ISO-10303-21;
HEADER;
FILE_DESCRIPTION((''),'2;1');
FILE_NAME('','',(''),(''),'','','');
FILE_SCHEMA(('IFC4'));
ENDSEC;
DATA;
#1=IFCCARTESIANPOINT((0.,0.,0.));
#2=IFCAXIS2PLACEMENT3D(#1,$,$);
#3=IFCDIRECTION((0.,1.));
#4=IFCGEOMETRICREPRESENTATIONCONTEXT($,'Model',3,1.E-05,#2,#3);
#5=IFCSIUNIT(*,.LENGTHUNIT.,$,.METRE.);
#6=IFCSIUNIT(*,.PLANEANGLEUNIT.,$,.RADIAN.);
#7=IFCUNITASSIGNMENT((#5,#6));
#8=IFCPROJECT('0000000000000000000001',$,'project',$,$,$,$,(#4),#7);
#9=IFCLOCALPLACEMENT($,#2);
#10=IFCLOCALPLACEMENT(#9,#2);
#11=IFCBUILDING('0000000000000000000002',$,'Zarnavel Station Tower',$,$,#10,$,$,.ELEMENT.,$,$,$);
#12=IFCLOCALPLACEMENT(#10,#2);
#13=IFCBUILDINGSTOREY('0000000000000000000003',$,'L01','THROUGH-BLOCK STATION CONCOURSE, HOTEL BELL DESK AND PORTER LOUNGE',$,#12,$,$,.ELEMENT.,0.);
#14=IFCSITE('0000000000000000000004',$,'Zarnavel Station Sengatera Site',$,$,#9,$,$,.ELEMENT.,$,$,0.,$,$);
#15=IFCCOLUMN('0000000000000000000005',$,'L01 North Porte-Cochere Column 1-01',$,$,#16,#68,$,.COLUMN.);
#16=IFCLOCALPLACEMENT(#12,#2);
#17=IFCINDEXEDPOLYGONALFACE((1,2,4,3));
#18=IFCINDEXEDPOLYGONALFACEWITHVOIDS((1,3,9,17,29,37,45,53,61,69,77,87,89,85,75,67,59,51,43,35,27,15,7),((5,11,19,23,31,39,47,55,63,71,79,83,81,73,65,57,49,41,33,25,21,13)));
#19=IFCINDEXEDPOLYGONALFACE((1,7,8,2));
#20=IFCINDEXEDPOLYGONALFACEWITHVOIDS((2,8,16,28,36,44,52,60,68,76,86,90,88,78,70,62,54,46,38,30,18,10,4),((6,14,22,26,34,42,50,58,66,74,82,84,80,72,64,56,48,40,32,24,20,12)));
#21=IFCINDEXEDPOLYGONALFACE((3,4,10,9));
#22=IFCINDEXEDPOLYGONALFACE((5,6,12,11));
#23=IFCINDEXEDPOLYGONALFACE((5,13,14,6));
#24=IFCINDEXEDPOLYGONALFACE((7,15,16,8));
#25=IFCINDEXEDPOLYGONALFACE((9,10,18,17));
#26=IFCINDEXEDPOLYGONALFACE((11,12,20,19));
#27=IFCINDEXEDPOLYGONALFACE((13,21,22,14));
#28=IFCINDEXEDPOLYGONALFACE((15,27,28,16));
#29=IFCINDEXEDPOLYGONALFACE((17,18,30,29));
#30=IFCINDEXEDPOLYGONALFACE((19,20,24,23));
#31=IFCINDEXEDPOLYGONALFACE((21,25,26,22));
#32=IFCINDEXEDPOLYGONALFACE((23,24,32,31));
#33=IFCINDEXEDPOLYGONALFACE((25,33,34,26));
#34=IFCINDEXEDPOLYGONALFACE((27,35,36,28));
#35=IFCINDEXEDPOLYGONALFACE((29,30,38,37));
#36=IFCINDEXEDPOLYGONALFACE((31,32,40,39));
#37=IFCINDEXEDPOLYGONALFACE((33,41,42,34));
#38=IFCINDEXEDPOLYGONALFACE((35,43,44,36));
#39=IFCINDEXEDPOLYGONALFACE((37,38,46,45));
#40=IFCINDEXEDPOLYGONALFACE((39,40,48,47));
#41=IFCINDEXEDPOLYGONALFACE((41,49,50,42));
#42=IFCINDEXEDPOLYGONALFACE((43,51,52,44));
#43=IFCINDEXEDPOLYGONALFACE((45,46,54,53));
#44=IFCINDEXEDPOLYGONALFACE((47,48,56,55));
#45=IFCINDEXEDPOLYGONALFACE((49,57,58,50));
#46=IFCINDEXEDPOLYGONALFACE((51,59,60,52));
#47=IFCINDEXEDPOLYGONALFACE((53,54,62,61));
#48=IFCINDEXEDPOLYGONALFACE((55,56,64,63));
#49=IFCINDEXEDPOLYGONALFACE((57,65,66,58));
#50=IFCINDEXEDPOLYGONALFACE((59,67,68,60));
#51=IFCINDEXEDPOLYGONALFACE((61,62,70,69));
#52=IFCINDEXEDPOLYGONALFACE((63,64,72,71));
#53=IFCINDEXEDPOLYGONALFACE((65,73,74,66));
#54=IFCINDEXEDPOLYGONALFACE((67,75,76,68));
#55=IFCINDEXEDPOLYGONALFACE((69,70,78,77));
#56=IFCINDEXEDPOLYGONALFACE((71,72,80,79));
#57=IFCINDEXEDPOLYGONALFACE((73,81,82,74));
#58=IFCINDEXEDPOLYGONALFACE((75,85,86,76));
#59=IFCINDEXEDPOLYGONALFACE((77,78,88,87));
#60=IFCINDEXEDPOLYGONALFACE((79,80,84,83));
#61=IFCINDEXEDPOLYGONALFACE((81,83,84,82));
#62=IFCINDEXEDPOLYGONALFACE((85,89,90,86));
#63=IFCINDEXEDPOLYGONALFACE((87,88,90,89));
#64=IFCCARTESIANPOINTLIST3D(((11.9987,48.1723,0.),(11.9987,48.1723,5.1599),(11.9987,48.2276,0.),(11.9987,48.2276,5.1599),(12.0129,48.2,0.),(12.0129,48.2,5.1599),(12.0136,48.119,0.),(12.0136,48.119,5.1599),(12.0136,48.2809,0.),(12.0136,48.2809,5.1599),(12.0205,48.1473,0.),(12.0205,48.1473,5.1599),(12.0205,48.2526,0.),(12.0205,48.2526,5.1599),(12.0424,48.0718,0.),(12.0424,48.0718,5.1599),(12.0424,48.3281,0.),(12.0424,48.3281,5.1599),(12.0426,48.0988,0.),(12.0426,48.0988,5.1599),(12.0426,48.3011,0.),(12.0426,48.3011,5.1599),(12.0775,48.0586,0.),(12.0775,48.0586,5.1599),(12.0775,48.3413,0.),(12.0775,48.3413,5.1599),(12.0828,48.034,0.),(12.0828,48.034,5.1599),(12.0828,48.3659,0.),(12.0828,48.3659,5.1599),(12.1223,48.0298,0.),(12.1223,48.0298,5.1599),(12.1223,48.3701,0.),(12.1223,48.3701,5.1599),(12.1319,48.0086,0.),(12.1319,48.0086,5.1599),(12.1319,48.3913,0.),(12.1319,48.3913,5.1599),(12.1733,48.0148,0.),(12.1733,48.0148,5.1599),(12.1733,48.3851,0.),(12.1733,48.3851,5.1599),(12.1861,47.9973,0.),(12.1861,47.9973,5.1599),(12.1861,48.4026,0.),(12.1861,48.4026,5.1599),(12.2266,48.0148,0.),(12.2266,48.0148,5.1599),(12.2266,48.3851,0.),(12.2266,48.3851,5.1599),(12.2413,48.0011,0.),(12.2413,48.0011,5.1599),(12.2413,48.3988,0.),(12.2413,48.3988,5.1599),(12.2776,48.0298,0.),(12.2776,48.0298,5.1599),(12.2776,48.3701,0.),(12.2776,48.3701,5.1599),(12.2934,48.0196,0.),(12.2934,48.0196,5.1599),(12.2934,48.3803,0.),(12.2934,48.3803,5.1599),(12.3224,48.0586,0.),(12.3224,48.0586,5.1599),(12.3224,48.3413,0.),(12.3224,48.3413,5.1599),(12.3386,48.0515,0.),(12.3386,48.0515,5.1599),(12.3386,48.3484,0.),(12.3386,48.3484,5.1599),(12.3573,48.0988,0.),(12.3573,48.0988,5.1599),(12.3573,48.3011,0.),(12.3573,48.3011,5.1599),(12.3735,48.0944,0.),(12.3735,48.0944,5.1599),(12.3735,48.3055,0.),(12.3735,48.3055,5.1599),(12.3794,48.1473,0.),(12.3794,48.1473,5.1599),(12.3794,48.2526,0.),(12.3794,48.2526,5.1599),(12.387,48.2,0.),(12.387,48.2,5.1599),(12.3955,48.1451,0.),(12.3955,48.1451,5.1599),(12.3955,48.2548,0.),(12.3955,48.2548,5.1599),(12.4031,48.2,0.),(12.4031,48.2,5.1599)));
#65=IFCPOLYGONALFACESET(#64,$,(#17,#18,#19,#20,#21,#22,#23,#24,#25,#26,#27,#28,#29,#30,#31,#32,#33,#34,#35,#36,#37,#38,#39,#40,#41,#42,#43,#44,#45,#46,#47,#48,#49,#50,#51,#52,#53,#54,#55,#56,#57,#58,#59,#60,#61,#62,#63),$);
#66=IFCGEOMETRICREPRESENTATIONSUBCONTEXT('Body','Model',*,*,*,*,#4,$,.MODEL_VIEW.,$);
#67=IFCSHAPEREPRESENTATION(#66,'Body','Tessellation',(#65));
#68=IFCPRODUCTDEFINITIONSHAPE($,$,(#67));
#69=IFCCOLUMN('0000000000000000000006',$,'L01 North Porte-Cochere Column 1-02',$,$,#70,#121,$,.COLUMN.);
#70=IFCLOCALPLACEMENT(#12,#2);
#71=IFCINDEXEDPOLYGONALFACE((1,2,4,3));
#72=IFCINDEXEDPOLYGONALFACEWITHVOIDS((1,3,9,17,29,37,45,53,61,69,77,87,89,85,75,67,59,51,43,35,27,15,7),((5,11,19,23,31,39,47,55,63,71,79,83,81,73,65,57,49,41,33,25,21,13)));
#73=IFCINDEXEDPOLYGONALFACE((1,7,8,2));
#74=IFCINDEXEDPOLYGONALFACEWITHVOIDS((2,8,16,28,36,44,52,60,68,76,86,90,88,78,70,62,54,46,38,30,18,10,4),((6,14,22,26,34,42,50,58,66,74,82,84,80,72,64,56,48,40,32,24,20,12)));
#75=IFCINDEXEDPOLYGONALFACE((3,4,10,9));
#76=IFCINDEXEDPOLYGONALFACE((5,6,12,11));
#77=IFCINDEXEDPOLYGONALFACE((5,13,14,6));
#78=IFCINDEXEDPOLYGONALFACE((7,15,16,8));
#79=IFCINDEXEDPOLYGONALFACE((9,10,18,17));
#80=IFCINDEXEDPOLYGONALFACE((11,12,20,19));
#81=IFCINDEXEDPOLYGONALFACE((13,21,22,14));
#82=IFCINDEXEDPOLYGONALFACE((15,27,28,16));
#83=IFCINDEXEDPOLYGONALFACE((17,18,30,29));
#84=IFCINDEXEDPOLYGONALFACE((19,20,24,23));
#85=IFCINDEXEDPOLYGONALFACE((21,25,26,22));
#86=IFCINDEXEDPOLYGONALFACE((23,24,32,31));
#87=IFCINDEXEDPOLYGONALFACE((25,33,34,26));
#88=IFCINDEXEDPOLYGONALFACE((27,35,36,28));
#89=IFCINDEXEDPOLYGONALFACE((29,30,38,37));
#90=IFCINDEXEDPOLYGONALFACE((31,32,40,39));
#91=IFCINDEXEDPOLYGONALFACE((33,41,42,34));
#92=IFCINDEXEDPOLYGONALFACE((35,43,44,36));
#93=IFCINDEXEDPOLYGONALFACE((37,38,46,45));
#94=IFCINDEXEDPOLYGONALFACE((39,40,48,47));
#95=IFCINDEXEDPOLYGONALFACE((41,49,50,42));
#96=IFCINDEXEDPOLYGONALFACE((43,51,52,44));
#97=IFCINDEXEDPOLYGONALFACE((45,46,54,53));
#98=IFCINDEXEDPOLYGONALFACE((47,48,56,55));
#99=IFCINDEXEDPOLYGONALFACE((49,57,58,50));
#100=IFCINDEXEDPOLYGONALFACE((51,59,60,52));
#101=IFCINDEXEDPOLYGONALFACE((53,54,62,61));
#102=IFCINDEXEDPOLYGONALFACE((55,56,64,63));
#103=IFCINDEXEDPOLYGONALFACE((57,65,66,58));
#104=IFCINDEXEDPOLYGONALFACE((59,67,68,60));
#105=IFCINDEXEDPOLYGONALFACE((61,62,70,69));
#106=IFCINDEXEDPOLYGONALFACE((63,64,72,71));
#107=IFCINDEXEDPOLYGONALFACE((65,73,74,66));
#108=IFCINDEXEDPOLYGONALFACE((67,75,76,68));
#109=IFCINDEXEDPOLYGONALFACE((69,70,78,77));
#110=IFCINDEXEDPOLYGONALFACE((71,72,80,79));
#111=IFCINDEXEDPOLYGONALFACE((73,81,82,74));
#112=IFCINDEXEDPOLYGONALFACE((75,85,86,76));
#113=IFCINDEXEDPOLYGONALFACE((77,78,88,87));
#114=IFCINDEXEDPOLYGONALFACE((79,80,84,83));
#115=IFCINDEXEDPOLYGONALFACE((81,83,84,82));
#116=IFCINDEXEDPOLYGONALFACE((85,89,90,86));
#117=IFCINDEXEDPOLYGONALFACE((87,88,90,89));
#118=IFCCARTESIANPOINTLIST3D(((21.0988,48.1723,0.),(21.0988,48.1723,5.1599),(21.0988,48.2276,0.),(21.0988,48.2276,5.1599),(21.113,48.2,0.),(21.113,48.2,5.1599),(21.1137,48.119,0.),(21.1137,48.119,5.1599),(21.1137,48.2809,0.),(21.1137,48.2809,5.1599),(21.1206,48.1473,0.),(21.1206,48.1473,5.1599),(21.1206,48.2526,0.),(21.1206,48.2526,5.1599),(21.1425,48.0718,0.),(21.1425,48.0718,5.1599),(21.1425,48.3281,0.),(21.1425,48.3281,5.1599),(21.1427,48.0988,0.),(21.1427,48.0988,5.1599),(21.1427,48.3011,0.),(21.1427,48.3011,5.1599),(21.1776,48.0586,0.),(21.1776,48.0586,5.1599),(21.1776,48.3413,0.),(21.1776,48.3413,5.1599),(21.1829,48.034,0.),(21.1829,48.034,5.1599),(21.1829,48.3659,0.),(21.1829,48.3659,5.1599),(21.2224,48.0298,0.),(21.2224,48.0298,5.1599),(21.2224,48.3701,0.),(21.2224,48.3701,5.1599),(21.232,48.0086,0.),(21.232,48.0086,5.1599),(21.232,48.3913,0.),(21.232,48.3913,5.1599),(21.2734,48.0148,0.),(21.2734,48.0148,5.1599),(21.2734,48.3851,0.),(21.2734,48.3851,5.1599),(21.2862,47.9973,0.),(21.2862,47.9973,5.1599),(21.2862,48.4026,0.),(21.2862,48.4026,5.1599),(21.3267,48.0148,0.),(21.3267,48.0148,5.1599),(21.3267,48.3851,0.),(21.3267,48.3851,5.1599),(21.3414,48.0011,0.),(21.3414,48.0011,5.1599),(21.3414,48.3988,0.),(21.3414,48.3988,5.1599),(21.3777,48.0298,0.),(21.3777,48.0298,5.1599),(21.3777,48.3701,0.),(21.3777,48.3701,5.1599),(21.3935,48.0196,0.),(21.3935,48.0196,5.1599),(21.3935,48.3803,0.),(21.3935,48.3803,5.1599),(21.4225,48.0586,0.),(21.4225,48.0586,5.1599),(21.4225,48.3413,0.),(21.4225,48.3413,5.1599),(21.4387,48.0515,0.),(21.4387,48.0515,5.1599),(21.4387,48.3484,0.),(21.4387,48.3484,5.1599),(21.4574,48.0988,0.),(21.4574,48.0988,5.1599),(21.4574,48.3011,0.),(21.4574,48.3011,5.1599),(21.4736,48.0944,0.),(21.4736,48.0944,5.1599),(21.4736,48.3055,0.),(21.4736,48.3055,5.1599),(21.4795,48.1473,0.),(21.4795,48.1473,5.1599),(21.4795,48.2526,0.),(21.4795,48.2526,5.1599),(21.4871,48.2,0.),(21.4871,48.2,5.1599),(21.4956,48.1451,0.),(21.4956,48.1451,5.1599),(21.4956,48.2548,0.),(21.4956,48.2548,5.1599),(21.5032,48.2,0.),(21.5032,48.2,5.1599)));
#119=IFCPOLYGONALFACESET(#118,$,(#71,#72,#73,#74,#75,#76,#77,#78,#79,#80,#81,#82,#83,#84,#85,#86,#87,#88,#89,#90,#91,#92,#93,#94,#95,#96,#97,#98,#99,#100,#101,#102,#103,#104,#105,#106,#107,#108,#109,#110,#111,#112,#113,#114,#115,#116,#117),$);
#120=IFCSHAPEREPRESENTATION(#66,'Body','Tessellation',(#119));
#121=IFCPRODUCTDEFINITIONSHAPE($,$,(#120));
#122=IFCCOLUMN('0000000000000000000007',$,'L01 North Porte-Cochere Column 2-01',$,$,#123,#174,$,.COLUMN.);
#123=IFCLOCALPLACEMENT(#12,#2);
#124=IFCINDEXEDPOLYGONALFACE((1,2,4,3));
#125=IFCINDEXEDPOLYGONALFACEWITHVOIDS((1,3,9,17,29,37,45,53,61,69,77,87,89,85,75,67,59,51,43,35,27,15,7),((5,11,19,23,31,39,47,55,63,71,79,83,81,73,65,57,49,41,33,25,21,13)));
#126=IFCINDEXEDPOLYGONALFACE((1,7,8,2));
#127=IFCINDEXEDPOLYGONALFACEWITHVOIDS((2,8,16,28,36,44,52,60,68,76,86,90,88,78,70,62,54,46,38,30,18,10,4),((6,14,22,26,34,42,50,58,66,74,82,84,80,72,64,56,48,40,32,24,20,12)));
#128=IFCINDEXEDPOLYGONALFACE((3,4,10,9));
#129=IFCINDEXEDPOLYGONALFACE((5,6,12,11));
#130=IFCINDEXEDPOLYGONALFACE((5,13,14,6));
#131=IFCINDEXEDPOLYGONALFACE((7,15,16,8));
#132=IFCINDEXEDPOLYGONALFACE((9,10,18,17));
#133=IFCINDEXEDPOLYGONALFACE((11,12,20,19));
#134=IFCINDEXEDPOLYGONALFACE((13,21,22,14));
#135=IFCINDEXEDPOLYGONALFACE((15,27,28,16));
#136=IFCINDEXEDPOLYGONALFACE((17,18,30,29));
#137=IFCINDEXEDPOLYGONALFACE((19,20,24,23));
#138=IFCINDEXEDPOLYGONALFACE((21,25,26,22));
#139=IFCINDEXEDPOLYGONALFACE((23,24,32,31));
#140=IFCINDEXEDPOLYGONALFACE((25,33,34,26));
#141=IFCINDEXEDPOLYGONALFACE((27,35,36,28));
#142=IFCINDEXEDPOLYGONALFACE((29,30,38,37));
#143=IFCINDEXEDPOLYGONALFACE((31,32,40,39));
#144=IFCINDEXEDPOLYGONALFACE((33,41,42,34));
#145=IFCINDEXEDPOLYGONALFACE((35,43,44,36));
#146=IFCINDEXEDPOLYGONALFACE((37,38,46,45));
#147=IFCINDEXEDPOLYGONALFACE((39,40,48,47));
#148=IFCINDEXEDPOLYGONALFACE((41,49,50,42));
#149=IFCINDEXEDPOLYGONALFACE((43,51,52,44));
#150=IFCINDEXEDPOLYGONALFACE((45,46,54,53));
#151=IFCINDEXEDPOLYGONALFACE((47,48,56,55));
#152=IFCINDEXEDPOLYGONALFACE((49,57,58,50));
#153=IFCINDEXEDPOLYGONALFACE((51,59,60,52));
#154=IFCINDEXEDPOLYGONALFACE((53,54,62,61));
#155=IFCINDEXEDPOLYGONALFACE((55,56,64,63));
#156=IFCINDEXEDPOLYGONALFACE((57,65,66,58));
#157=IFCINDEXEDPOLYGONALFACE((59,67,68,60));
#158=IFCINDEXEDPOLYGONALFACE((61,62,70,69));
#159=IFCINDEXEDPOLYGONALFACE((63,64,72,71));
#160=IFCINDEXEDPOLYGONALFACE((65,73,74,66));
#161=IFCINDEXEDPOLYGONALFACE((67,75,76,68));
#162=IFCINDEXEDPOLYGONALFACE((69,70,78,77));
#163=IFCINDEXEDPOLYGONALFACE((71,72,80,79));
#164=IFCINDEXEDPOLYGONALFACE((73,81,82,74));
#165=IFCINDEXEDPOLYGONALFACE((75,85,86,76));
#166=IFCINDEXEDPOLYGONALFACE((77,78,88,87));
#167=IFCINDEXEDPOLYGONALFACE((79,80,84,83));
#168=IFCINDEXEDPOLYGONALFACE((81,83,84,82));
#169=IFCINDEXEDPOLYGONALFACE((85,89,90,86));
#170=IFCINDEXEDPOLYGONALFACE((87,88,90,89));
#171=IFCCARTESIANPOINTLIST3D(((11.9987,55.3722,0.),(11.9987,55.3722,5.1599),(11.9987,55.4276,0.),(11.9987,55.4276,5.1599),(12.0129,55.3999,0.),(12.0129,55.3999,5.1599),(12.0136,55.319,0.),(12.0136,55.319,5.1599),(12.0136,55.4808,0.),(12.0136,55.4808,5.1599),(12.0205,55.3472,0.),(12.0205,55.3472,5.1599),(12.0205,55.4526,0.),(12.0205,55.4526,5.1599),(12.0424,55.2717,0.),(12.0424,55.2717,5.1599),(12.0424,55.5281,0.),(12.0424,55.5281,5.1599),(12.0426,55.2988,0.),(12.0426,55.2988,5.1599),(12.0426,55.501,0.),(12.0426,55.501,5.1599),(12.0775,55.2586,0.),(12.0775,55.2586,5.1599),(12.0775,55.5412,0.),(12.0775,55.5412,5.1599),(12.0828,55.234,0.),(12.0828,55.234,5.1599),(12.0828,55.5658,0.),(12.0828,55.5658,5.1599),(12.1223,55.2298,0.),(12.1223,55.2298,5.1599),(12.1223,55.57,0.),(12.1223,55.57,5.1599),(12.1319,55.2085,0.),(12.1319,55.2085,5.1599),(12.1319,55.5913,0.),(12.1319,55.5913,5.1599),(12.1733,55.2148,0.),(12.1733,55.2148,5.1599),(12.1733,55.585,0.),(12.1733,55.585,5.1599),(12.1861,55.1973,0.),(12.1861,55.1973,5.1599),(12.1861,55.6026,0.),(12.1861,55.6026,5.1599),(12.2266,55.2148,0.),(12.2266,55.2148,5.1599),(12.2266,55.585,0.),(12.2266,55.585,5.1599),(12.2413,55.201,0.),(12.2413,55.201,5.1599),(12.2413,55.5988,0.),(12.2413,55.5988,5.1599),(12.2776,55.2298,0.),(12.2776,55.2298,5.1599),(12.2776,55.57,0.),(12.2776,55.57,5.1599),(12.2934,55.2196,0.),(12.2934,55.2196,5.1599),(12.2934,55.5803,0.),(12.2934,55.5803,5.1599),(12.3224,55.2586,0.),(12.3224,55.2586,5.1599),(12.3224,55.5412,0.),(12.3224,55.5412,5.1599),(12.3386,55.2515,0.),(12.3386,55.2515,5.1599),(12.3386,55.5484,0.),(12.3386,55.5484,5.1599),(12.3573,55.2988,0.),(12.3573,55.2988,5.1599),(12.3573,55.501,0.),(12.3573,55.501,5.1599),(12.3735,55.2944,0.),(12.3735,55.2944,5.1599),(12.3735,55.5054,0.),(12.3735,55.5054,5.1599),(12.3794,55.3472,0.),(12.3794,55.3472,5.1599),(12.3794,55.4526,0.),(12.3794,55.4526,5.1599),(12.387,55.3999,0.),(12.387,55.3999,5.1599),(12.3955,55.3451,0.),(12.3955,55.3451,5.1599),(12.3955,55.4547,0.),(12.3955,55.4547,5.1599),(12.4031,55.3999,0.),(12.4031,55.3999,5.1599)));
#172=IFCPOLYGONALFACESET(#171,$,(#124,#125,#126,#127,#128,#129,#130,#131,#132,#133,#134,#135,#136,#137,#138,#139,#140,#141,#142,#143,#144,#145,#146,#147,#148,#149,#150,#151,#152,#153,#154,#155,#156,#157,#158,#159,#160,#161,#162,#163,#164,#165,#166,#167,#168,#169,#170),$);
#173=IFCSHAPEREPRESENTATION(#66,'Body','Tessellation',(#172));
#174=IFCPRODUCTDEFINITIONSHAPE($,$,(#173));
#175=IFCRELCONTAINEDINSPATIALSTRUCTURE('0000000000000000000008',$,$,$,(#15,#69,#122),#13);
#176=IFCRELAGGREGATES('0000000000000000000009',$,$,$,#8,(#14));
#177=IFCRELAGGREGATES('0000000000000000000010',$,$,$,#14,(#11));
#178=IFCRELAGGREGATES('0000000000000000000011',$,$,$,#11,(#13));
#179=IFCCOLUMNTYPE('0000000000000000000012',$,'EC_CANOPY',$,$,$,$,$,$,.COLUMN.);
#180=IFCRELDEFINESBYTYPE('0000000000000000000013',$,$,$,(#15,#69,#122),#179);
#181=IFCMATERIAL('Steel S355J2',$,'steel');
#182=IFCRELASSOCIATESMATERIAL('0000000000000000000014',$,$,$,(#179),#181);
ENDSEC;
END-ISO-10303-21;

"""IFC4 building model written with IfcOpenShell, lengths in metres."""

from ifc_helpers import new_model, si_unit, direction, frame, origin, origin_2d, place, context, subcontext, project, spatial, hollow_circle, extrude, material, material_profile, profile_set, type_object, element, save


model = new_model("IFC4")

# Units and contexts
model_context = context("Model", 3, precision=1e-05, world=origin(), true_north=direction((0.0, 1.0)))
body_context = subcontext(model_context, "Body", "Model", "MODEL_VIEW")
ifc_project = project(units=[si_unit("LENGTHUNIT", "METRE"), si_unit("PLANEANGLEUNIT", "RADIAN")], contexts=[model_context])

# Site, building, storey
site_placement = place(None, origin())
site = spatial("IfcSite", under=ifc_project, at=site_placement, Name="Zarnavel Station Sengatera Site", CompositionType="ELEMENT", RefElevation=0.0)
building_placement = place(site_placement, origin())
building = spatial("IfcBuilding", under=site, at=building_placement, Name="Zarnavel Station Tower", CompositionType="ELEMENT")
storey_placement = place(building_placement, origin())
storey = spatial("IfcBuildingStorey", under=building, at=storey_placement, Name="L01", Description="THROUGH-BLOCK STATION CONCOURSE, HOTEL BELL DESK AND PORTER LOUNGE", CompositionType="ELEMENT", Elevation=0.0)

# Columns
ifc_material_1 = material(Name="Steel S355J2", Category="steel")
ifc_material_profile_1 = material_profile(ifc_material_1, hollow_circle(Radius=0.2031, WallThickness=0.0161, at=origin_2d()), Name="CHS406.4x16")
ifc_profile_set_1 = profile_set([ifc_material_profile_1], Name="Steel S355J2")
column_type_1 = type_object("IfcColumnType", Name="EC_CANOPY", PredefinedType="COLUMN", material=ifc_profile_set_1)
for number, where, z_axis, x_axis, name in (
    (1, (12.2, 48.2, 0.0), (0.0, 0.0, 1.0), (1.0, 0.0, 0.0), "L01 North Porte-Cochere Column 1-01"),
    (2, (21.3, 48.2, 0.0), (0.0, 0.0, 1.0), (1.0, 0.0, 0.0), "L01 North Porte-Cochere Column 1-02"),
    (3, (12.2, 55.3999, 0.0), (0.0, 0.0, 1.0), (1.0, 0.0, 0.0), "L01 North Porte-Cochere Column 2-01"),
):
    element("IfcColumn", number, at=place(storey_placement, frame(where, z_axis=z_axis, x_axis=x_axis)), inside=storey, type_object=column_type_1, Name=name, PredefinedType="COLUMN", context=body_context, shape_type="SweptSolid", body=[
        extrude(hollow_circle(Radius=0.2031, WallThickness=0.0161, at=origin_2d()), origin(), (0.0, 0.0, 1.0), 5.1599),
    ])

save(model, "model.ifc")
